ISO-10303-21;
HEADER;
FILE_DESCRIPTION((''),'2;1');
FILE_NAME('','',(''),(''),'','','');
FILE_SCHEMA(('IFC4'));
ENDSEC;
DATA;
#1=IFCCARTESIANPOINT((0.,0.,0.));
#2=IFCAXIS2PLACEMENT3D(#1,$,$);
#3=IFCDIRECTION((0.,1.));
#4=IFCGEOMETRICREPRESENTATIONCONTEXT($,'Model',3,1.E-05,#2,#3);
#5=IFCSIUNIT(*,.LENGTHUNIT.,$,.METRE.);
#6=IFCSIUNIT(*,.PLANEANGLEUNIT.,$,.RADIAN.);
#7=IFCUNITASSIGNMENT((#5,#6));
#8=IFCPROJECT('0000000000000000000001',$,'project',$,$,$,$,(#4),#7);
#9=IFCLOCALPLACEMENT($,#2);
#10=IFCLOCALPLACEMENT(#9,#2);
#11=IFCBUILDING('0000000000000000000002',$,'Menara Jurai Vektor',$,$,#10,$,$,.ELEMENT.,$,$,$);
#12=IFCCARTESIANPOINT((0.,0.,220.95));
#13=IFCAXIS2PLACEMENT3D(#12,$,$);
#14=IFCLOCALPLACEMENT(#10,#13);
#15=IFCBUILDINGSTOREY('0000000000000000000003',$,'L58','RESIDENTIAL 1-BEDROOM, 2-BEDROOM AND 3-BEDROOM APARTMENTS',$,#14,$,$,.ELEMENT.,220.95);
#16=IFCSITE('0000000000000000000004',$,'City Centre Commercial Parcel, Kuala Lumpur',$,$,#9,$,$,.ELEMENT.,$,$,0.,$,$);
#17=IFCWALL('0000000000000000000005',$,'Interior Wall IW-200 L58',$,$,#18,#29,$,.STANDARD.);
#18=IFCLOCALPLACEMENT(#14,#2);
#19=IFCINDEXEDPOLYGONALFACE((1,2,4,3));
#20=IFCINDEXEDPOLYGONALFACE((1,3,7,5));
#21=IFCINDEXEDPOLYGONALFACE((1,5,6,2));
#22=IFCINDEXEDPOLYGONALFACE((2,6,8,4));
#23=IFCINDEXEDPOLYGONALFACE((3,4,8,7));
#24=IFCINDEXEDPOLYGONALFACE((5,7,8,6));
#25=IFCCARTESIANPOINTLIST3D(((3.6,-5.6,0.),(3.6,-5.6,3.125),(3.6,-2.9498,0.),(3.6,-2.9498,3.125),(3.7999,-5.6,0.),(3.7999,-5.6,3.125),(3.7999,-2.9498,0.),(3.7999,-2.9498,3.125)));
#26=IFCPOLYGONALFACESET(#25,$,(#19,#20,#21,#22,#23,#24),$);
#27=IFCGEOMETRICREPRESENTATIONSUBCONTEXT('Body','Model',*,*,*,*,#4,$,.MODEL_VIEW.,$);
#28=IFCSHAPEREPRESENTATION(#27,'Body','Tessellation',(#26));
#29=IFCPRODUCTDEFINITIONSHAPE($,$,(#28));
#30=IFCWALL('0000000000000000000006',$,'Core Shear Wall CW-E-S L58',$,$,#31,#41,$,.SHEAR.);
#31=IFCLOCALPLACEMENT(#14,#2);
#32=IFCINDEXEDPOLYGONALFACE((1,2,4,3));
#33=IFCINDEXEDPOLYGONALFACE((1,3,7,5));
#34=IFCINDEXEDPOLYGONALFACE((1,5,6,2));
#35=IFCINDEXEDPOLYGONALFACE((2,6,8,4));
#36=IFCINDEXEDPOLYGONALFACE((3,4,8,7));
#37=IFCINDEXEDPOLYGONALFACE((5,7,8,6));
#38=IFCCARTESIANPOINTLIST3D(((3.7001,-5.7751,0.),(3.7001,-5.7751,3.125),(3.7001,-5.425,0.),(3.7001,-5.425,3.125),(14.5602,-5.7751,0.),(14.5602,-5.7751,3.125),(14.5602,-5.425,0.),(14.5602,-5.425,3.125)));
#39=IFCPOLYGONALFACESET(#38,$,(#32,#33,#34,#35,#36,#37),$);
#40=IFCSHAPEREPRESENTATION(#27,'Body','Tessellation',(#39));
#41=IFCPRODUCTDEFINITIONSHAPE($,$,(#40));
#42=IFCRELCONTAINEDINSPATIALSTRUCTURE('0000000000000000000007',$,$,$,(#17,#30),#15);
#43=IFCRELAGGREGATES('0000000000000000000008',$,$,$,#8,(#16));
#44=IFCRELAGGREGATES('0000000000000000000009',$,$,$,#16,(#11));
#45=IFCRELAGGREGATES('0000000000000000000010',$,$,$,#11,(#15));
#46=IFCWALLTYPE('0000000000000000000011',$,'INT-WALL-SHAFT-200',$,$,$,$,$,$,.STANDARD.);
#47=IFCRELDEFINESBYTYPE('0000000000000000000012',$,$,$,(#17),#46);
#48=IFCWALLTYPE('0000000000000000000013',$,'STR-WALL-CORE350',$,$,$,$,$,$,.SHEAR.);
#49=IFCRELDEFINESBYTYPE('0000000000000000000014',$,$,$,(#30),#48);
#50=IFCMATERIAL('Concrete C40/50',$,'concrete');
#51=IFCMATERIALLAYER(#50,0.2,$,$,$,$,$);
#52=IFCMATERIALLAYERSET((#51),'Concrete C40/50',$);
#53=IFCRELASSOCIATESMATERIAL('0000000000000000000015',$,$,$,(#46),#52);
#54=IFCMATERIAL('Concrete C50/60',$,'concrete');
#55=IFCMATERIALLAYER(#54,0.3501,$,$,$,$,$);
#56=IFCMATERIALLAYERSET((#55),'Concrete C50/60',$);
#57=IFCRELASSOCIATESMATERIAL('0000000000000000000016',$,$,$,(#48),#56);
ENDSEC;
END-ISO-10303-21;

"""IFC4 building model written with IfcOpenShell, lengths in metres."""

from ifc_helpers import new_model, si_unit, direction, frame, frame_2d, origin, place, context, subcontext, project, spatial, rectangle, extrude, material, layer, layer_set, type_object, element, save


model = new_model("IFC4")

# Units and contexts
model_context = context("Model", 3, precision=1e-05, world=origin(), true_north=direction((0.0, 1.0)))
body_context = subcontext(model_context, "Body", "Model", "MODEL_VIEW")
ifc_project = project(units=[si_unit("LENGTHUNIT", "METRE"), si_unit("PLANEANGLEUNIT", "RADIAN")], contexts=[model_context])

# Site, building, storey
site_placement = place(None, origin())
site = spatial("IfcSite", under=ifc_project, at=site_placement, Name="City Centre Commercial Parcel, Kuala Lumpur", CompositionType="ELEMENT", RefElevation=0.0)
building_placement = place(site_placement, origin())
building = spatial("IfcBuilding", under=site, at=building_placement, Name="Menara Jurai Vektor", CompositionType="ELEMENT")
storey_placement = place(building_placement, frame((0.0, 0.0, 220.95)))
storey = spatial("IfcBuildingStorey", under=building, at=storey_placement, Name="L58", Description="RESIDENTIAL 1-BEDROOM, 2-BEDROOM AND 3-BEDROOM APARTMENTS", CompositionType="ELEMENT", Elevation=220.95)

# Shared definitions
ifc_material_1 = material(Name="Concrete C50/60", Category="concrete")

# Wall
ifc_material_2 = material(Name="Concrete C40/50", Category="concrete")
ifc_layer_1 = layer(ifc_material_2, 0.2)
ifc_layer_set_1 = layer_set([ifc_layer_1], Name="Concrete C40/50")
wall_type_1 = type_object("IfcWallType", Name="INT-WALL-SHAFT-200", PredefinedType="STANDARD", material=ifc_layer_set_1)
wall_1_placement = place(storey_placement, frame((3.7, -5.6001, 0.0), z_axis=(0.0, 0.0, 1.0), x_axis=(0.0, 1.0, 0.0)))
element("IfcWall", 1, at=wall_1_placement, inside=storey, type_object=wall_type_1, Name="Interior Wall IW-200 L58", PredefinedType="STANDARD", context=body_context, shape_type="SweptSolid", body=[
    extrude(rectangle(XDim=2.6501, YDim=0.2, at=frame_2d((1.3252, 0.0))), origin(), (0.0, 0.0, 1.0), 3.125),
])

# Wall
ifc_layer_2 = layer(ifc_material_1, 0.3501)
ifc_layer_set_2 = layer_set([ifc_layer_2], Name="Concrete C50/60")
wall_type_2 = type_object("IfcWallType", Name="STR-WALL-CORE350", PredefinedType="SHEAR", material=ifc_layer_set_2)
wall_2_placement = place(storey_placement, frame((3.7, -5.6001, 0.0), z_axis=(0.0, 0.0, 1.0), x_axis=(1.0, 0.0, 0.0)))
element("IfcWall", 2, at=wall_2_placement, inside=storey, type_object=wall_type_2, Name="Core Shear Wall CW-E-S L58", PredefinedType="SHEAR", context=body_context, shape_type="SweptSolid", body=[
    extrude(rectangle(XDim=10.8601, YDim=0.3501, at=frame_2d((5.4302, 0.0))), origin(), (0.0, 0.0, 1.0), 3.125),
])

save(model, "model.ifc")
